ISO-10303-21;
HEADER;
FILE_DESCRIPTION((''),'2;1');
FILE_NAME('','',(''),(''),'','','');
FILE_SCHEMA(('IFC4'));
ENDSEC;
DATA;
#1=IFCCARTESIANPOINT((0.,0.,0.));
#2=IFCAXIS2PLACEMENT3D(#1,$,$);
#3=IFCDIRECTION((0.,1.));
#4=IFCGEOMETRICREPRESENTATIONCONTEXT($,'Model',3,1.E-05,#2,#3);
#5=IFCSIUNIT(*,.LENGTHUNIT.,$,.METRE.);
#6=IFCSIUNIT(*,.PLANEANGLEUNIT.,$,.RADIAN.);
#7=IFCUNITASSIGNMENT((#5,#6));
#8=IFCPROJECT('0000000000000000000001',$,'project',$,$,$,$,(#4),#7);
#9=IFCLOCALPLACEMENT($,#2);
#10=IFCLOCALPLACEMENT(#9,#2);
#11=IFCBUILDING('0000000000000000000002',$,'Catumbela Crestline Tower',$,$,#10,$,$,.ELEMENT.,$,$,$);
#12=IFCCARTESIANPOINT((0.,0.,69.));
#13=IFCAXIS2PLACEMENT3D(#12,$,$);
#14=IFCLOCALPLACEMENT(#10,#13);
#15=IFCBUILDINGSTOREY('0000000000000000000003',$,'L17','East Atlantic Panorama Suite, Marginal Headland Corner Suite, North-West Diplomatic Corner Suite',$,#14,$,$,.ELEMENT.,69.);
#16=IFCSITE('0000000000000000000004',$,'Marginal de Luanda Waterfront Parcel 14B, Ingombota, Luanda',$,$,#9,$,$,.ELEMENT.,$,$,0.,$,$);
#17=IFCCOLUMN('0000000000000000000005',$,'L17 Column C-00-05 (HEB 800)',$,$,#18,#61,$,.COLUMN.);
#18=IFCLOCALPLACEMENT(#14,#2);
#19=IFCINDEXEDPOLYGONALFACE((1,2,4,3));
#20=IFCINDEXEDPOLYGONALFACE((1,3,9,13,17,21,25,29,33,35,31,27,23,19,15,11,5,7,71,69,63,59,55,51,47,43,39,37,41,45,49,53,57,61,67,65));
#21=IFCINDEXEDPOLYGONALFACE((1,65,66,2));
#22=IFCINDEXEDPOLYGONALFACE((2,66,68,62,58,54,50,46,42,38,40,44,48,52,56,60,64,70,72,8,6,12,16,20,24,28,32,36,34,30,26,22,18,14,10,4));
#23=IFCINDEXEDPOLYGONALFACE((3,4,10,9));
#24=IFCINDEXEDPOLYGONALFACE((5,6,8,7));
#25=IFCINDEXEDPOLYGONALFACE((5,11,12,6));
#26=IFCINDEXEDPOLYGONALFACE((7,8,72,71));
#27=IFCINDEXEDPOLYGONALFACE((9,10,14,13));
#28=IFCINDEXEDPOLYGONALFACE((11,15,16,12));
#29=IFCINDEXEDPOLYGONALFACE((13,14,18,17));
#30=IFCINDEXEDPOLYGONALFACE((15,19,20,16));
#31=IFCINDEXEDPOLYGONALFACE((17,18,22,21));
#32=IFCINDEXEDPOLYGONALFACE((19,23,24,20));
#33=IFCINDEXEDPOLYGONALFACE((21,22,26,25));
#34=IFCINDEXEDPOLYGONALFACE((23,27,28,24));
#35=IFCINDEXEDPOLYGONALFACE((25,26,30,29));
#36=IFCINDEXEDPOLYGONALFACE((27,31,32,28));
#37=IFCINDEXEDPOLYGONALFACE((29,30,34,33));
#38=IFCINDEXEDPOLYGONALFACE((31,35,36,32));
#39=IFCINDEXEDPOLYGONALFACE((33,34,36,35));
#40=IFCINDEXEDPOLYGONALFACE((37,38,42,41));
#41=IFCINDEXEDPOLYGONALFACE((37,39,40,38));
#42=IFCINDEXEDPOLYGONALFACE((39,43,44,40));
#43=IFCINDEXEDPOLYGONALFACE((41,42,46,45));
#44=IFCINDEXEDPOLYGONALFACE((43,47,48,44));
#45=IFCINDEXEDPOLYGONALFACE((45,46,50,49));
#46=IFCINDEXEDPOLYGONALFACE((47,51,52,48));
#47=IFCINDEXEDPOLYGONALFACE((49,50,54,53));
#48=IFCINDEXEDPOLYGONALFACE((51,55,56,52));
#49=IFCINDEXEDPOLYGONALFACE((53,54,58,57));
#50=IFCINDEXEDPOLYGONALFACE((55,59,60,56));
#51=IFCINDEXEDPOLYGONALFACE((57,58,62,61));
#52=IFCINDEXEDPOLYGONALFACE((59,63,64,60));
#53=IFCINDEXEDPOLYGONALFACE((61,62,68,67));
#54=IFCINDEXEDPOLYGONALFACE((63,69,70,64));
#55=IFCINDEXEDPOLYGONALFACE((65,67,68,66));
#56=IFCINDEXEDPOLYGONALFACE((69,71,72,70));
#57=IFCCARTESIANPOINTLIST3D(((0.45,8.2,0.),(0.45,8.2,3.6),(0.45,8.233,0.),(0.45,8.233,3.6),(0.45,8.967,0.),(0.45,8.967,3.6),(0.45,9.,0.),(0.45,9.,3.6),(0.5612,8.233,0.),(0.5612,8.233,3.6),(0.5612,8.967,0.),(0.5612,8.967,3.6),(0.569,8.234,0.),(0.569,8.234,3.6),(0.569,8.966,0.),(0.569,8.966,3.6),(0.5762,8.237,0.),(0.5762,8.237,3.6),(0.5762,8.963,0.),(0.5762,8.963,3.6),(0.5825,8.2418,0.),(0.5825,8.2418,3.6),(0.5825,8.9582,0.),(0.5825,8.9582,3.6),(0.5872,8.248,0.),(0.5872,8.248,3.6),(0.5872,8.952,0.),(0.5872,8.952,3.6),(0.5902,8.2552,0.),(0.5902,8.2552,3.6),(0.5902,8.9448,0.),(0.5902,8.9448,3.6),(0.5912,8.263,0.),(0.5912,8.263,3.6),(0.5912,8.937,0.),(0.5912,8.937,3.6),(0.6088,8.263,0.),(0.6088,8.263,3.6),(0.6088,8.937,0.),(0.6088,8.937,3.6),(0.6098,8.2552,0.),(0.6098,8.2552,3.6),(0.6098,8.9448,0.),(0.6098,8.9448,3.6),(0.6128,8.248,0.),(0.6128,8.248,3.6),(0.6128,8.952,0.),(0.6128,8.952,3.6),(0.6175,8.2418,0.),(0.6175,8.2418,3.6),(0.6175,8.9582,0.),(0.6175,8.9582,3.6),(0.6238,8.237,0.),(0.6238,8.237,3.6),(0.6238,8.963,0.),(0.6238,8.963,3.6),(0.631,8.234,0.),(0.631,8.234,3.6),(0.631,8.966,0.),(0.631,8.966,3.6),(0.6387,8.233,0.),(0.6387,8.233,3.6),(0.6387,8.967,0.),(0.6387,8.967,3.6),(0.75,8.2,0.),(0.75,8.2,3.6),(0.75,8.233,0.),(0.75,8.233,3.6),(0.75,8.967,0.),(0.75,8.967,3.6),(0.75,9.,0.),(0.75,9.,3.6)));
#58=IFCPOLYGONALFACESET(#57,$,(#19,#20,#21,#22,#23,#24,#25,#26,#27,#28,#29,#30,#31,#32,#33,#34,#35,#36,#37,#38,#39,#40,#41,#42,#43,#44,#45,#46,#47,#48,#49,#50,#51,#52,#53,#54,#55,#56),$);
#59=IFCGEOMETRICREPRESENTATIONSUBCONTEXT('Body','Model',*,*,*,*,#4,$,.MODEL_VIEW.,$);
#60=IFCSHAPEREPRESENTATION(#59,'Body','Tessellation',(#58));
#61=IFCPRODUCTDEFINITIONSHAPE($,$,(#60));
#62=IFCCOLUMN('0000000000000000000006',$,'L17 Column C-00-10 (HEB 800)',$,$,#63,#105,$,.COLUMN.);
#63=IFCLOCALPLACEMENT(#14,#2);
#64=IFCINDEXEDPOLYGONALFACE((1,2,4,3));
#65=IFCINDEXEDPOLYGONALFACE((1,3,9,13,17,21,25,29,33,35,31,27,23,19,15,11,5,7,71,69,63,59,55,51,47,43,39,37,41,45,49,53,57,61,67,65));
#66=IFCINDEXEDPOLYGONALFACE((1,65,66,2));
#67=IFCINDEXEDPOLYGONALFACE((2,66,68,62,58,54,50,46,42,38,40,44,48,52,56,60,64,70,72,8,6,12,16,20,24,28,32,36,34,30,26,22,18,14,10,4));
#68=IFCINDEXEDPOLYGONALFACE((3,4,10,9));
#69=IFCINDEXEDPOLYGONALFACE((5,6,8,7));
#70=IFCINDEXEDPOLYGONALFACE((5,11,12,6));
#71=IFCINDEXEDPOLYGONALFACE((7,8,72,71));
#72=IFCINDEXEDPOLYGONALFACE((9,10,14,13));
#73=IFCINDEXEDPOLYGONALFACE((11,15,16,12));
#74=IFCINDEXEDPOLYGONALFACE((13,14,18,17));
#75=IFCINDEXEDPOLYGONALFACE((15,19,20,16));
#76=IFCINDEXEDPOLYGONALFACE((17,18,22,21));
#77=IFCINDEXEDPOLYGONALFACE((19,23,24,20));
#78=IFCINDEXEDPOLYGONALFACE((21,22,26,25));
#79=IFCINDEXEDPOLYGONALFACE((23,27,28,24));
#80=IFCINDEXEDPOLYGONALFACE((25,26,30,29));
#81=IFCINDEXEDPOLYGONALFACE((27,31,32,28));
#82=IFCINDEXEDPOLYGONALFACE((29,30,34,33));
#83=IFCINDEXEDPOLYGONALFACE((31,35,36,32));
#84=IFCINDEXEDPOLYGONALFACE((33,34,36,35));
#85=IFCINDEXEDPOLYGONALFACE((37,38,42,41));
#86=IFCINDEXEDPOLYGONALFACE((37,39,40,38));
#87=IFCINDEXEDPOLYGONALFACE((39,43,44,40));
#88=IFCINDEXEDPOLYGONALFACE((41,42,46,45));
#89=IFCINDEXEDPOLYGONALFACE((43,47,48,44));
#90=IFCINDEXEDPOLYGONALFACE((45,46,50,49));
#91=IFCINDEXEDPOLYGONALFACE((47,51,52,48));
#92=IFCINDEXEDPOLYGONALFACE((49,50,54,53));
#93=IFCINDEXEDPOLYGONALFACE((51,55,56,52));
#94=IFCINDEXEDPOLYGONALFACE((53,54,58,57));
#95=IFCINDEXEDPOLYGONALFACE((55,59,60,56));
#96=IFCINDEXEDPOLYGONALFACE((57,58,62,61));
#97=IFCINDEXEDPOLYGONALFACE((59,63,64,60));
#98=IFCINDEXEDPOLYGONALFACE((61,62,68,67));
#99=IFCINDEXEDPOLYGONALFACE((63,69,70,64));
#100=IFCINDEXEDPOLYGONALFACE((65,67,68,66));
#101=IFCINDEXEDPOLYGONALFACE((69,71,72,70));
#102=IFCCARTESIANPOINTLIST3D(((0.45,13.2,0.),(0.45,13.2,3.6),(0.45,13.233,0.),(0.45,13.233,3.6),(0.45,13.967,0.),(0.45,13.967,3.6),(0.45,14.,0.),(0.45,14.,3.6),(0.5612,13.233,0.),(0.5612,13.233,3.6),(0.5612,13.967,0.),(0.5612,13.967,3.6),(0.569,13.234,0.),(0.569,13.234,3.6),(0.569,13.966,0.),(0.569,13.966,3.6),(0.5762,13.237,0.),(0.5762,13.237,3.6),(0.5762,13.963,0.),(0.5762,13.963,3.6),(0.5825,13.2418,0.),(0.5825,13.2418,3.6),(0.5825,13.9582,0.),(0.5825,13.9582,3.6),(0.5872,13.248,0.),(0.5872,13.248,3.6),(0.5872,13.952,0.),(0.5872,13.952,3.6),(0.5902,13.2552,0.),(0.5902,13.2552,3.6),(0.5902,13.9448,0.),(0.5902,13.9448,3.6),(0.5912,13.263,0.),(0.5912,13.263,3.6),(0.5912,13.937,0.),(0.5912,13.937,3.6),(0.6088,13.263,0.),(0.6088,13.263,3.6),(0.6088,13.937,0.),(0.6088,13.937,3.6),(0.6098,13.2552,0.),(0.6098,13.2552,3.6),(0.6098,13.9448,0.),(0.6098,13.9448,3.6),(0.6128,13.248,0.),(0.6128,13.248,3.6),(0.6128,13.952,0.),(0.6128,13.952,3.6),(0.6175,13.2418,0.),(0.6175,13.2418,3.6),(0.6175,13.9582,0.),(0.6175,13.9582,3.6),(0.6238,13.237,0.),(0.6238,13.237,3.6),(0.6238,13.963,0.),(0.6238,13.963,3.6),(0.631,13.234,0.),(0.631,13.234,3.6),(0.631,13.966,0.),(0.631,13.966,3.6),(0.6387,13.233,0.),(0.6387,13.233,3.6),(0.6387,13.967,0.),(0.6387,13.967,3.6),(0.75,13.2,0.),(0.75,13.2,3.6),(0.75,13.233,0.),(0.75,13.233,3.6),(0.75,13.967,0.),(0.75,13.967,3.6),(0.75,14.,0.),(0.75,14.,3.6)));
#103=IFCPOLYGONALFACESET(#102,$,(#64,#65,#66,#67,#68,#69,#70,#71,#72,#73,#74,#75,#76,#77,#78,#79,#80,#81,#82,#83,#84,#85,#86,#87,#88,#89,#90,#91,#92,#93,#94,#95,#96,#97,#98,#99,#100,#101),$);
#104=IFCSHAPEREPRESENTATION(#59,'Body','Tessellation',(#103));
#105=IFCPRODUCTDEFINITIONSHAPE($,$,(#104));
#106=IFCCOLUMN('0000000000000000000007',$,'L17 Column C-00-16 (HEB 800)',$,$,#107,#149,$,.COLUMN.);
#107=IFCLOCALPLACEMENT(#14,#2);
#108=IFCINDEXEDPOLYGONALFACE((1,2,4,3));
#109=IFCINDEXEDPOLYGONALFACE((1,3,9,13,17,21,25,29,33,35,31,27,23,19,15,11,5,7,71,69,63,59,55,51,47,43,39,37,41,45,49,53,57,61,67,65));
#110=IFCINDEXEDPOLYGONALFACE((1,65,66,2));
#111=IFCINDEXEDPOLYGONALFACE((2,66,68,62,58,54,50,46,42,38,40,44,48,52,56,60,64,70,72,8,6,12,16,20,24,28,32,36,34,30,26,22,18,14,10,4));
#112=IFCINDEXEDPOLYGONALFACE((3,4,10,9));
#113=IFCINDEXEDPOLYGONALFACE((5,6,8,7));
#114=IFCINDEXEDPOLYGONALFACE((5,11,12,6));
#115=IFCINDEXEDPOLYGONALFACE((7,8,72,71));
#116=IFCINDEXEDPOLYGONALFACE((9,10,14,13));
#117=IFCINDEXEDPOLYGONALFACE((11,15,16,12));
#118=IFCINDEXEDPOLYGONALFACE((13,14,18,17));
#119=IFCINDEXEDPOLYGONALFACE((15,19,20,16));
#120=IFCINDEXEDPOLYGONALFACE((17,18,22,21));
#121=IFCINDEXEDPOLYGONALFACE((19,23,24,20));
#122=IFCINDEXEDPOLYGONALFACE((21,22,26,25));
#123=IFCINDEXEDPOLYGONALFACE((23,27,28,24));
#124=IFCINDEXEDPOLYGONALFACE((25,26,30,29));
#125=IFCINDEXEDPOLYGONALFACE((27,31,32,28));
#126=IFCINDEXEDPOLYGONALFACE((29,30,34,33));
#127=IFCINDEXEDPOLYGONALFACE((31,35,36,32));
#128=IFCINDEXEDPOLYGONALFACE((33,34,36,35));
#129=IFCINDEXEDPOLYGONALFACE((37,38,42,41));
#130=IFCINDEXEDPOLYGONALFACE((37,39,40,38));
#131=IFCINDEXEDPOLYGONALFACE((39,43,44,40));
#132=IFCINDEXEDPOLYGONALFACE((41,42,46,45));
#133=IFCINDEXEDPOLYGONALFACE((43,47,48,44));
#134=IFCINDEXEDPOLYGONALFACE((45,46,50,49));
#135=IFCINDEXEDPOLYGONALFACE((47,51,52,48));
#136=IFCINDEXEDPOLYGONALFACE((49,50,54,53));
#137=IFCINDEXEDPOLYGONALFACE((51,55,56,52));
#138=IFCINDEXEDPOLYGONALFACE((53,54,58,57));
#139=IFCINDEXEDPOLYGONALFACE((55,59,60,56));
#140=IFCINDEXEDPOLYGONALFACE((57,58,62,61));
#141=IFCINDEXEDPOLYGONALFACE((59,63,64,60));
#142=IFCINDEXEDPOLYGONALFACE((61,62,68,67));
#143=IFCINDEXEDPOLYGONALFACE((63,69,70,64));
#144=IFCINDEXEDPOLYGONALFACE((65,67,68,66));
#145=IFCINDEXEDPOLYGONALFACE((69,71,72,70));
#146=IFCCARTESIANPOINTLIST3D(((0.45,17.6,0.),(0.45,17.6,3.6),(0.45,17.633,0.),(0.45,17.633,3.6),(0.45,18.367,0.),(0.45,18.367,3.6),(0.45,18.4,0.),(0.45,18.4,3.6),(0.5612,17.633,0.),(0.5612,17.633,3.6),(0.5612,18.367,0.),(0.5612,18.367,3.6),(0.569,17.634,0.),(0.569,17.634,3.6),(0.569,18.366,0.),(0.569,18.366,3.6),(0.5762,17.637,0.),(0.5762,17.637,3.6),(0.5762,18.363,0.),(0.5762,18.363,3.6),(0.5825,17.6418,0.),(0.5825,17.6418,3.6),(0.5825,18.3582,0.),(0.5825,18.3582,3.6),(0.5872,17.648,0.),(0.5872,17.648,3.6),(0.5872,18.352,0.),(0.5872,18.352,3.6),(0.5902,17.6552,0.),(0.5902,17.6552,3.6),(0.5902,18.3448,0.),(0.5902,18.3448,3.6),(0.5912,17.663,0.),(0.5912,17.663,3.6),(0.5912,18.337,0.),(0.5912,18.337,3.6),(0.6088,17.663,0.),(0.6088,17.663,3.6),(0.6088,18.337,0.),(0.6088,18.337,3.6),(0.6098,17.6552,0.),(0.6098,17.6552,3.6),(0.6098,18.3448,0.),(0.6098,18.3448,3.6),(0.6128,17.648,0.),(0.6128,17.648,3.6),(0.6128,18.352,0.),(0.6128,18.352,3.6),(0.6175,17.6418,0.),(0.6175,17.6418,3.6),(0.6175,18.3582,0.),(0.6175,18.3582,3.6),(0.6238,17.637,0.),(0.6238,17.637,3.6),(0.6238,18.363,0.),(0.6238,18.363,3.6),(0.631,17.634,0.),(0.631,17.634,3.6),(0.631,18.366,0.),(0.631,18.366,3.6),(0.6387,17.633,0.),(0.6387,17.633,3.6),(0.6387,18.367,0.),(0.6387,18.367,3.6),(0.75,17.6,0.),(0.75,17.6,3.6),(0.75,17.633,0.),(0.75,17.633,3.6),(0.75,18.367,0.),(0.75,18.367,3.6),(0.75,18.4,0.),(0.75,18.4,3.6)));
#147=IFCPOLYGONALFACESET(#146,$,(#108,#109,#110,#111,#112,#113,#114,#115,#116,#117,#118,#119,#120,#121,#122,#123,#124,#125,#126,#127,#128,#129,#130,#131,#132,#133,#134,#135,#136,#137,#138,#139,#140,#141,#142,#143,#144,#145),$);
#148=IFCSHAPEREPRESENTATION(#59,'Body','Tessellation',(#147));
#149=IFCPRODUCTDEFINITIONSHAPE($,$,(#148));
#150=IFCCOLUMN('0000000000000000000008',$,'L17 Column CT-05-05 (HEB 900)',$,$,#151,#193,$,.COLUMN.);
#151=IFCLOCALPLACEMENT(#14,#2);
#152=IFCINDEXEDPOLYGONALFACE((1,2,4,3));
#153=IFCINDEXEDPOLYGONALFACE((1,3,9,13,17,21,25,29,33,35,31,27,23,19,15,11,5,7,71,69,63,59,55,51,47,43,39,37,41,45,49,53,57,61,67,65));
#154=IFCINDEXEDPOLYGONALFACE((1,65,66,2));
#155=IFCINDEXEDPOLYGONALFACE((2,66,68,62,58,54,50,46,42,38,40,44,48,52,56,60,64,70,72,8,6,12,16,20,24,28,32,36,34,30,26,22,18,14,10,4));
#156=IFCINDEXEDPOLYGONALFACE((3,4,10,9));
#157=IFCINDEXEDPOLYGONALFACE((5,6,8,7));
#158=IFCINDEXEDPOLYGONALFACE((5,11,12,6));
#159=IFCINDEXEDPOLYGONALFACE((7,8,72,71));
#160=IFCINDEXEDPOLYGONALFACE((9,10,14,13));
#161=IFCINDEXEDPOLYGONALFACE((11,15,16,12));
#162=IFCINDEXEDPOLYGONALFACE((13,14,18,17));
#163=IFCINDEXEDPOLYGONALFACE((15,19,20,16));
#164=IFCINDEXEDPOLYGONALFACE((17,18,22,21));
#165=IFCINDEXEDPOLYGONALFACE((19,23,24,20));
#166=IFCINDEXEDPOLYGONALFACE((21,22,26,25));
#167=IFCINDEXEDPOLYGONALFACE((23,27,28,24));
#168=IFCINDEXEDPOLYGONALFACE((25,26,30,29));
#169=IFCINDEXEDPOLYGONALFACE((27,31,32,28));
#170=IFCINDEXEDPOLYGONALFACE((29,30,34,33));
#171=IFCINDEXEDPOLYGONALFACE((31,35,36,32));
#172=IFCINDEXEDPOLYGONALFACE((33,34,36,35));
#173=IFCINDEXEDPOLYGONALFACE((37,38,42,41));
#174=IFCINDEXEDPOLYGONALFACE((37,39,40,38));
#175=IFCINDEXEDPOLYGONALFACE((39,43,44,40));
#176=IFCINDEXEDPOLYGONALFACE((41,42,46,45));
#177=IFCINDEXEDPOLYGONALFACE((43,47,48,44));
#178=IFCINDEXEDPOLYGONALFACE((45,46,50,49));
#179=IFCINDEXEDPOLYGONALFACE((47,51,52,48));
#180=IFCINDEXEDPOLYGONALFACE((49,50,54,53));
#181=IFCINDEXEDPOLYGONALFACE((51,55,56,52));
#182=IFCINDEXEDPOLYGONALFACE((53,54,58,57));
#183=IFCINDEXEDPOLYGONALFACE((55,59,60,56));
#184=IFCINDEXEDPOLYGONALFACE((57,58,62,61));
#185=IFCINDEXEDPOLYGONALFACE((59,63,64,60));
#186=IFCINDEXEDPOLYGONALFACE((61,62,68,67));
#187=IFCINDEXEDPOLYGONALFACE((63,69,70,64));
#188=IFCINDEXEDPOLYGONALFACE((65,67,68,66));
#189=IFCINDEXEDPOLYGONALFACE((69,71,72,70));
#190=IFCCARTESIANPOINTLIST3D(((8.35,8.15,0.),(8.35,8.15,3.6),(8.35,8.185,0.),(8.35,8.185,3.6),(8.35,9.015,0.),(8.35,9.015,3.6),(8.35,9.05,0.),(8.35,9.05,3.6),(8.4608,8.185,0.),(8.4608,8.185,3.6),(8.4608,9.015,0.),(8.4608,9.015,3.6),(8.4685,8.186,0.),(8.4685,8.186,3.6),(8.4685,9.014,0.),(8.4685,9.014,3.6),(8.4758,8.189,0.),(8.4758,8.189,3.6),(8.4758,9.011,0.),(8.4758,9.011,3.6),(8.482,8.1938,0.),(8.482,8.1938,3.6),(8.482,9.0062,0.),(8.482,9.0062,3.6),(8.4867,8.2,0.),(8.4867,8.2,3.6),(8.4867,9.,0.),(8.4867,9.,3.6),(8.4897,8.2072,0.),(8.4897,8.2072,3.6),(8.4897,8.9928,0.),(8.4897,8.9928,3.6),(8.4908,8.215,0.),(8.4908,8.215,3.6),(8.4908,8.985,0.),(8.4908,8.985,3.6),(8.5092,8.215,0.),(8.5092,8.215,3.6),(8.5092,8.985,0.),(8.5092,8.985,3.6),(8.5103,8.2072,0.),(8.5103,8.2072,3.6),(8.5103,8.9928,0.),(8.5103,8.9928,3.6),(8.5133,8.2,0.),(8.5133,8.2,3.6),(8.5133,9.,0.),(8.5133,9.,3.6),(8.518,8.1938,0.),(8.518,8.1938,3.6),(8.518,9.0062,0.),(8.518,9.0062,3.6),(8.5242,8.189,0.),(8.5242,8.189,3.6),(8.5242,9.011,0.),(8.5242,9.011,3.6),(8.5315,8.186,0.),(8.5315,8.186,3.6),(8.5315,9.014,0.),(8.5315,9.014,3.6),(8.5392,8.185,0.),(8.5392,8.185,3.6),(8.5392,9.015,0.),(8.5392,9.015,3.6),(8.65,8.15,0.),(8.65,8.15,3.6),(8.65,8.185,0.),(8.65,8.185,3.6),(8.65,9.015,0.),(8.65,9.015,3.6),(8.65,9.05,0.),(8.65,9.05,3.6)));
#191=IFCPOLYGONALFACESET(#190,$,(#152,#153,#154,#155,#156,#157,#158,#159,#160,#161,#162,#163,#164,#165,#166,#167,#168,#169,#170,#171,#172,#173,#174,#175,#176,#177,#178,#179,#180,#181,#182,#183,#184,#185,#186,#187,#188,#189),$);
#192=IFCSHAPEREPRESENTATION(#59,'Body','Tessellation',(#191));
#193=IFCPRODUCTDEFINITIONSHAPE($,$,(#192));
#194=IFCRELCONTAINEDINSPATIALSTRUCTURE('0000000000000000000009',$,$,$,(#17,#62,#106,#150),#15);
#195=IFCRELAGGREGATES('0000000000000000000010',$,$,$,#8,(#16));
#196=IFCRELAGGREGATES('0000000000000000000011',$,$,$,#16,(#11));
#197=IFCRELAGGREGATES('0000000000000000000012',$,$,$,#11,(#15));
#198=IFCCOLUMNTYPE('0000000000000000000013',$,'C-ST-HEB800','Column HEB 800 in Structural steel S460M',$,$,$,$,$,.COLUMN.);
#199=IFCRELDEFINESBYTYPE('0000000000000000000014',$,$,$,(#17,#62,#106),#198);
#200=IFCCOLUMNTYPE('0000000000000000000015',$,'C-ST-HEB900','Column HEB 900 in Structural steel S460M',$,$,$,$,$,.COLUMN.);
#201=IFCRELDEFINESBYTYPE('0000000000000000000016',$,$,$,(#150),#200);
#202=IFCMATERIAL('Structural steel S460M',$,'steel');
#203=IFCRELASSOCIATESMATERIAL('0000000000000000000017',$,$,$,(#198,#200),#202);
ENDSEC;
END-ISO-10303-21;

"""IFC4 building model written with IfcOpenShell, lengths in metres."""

from ifc_helpers import new_model, si_unit, direction, frame, origin, origin_2d, place, context, subcontext, project, spatial, i_section, extrude, material, material_profile, profile_set, type_object, element, save


model = new_model("IFC4")

# Units and contexts
model_context = context("Model", 3, precision=1e-05, world=origin(), true_north=direction((0.0, 1.0)))
body_context = subcontext(model_context, "Body", "Model", "MODEL_VIEW")
ifc_project = project(units=[si_unit("LENGTHUNIT", "METRE"), si_unit("PLANEANGLEUNIT", "RADIAN")], contexts=[model_context])

# Site, building, storey
site_placement = place(None, origin())
site = spatial("IfcSite", under=ifc_project, at=site_placement, Name="Marginal de Luanda Waterfront Parcel 14B, Ingombota, Luanda", CompositionType="ELEMENT", RefElevation=0.0)
building_placement = place(site_placement, origin())
building = spatial("IfcBuilding", under=site, at=building_placement, Name="Catumbela Crestline Tower", CompositionType="ELEMENT")
storey_placement = place(building_placement, frame((0.0, 0.0, 69.0)))
storey = spatial("IfcBuildingStorey", under=building, at=storey_placement, Name="L17", Description="East Atlantic Panorama Suite, Marginal Headland Corner Suite, North-West Diplomatic Corner Suite", CompositionType="ELEMENT", Elevation=69.0)

# Columns
ifc_material_1 = material(Name="Structural steel S460M", Category="steel")
ifc_material_profile_1 = material_profile(ifc_material_1, i_section(OverallWidth=0.3, OverallDepth=0.8, WebThickness=0.0175, FlangeThickness=0.033, FilletRadius=0.03, at=origin_2d()), Name="HEB 800")
ifc_profile_set_1 = profile_set([ifc_material_profile_1], Name="Structural steel S460M")
column_type_1 = type_object("IfcColumnType", Name="C-ST-HEB800", Description="Column HEB 800 in Structural steel S460M", PredefinedType="COLUMN", material=ifc_profile_set_1)
for number, where, z_axis, x_axis, name in (
    (1, (0.6, 8.6, 0.0), (0.0, 0.0, 1.0), (1.0, 0.0, 0.0), "L17 Column C-00-05 (HEB 800)"),
    (2, (0.6, 13.6, 0.0), (0.0, 0.0, 1.0), (1.0, 0.0, 0.0), "L17 Column C-00-10 (HEB 800)"),
    (3, (0.6, 18.0, 0.0), (0.0, 0.0, 1.0), (1.0, 0.0, 0.0), "L17 Column C-00-16 (HEB 800)"),
):
    element("IfcColumn", number, at=place(storey_placement, frame(where, z_axis=z_axis, x_axis=x_axis)), inside=storey, type_object=column_type_1, Name=name, PredefinedType="COLUMN", context=body_context, shape_type="SweptSolid", body=[
        extrude(i_section(OverallWidth=0.3, OverallDepth=0.8, WebThickness=0.0175, FlangeThickness=0.033, FilletRadius=0.03, at=origin_2d()), origin(), (0.0, 0.0, 1.0), 3.6),
    ])
ifc_material_profile_2 = material_profile(ifc_material_1, i_section(OverallWidth=0.3, OverallDepth=0.9, WebThickness=0.0185, FlangeThickness=0.035, FilletRadius=0.03, at=origin_2d()), Name="HEB 900")
ifc_profile_set_2 = profile_set([ifc_material_profile_2], Name="Structural steel S460M")
column_type_2 = type_object("IfcColumnType", Name="C-ST-HEB900", Description="Column HEB 900 in Structural steel S460M", PredefinedType="COLUMN", material=ifc_profile_set_2)
column_placement = place(storey_placement, frame((8.5, 8.6, 0.0), z_axis=(0.0, 0.0, 1.0), x_axis=(1.0, 0.0, 0.0)))
element("IfcColumn", 4, at=column_placement, inside=storey, type_object=column_type_2, Name="L17 Column CT-05-05 (HEB 900)", PredefinedType="COLUMN", context=body_context, shape_type="SweptSolid", body=[
    extrude(i_section(OverallWidth=0.3, OverallDepth=0.9, WebThickness=0.0185, FlangeThickness=0.035, FilletRadius=0.03, at=origin_2d()), origin(), (0.0, 0.0, 1.0), 3.6),
])

save(model, "model.ifc")
